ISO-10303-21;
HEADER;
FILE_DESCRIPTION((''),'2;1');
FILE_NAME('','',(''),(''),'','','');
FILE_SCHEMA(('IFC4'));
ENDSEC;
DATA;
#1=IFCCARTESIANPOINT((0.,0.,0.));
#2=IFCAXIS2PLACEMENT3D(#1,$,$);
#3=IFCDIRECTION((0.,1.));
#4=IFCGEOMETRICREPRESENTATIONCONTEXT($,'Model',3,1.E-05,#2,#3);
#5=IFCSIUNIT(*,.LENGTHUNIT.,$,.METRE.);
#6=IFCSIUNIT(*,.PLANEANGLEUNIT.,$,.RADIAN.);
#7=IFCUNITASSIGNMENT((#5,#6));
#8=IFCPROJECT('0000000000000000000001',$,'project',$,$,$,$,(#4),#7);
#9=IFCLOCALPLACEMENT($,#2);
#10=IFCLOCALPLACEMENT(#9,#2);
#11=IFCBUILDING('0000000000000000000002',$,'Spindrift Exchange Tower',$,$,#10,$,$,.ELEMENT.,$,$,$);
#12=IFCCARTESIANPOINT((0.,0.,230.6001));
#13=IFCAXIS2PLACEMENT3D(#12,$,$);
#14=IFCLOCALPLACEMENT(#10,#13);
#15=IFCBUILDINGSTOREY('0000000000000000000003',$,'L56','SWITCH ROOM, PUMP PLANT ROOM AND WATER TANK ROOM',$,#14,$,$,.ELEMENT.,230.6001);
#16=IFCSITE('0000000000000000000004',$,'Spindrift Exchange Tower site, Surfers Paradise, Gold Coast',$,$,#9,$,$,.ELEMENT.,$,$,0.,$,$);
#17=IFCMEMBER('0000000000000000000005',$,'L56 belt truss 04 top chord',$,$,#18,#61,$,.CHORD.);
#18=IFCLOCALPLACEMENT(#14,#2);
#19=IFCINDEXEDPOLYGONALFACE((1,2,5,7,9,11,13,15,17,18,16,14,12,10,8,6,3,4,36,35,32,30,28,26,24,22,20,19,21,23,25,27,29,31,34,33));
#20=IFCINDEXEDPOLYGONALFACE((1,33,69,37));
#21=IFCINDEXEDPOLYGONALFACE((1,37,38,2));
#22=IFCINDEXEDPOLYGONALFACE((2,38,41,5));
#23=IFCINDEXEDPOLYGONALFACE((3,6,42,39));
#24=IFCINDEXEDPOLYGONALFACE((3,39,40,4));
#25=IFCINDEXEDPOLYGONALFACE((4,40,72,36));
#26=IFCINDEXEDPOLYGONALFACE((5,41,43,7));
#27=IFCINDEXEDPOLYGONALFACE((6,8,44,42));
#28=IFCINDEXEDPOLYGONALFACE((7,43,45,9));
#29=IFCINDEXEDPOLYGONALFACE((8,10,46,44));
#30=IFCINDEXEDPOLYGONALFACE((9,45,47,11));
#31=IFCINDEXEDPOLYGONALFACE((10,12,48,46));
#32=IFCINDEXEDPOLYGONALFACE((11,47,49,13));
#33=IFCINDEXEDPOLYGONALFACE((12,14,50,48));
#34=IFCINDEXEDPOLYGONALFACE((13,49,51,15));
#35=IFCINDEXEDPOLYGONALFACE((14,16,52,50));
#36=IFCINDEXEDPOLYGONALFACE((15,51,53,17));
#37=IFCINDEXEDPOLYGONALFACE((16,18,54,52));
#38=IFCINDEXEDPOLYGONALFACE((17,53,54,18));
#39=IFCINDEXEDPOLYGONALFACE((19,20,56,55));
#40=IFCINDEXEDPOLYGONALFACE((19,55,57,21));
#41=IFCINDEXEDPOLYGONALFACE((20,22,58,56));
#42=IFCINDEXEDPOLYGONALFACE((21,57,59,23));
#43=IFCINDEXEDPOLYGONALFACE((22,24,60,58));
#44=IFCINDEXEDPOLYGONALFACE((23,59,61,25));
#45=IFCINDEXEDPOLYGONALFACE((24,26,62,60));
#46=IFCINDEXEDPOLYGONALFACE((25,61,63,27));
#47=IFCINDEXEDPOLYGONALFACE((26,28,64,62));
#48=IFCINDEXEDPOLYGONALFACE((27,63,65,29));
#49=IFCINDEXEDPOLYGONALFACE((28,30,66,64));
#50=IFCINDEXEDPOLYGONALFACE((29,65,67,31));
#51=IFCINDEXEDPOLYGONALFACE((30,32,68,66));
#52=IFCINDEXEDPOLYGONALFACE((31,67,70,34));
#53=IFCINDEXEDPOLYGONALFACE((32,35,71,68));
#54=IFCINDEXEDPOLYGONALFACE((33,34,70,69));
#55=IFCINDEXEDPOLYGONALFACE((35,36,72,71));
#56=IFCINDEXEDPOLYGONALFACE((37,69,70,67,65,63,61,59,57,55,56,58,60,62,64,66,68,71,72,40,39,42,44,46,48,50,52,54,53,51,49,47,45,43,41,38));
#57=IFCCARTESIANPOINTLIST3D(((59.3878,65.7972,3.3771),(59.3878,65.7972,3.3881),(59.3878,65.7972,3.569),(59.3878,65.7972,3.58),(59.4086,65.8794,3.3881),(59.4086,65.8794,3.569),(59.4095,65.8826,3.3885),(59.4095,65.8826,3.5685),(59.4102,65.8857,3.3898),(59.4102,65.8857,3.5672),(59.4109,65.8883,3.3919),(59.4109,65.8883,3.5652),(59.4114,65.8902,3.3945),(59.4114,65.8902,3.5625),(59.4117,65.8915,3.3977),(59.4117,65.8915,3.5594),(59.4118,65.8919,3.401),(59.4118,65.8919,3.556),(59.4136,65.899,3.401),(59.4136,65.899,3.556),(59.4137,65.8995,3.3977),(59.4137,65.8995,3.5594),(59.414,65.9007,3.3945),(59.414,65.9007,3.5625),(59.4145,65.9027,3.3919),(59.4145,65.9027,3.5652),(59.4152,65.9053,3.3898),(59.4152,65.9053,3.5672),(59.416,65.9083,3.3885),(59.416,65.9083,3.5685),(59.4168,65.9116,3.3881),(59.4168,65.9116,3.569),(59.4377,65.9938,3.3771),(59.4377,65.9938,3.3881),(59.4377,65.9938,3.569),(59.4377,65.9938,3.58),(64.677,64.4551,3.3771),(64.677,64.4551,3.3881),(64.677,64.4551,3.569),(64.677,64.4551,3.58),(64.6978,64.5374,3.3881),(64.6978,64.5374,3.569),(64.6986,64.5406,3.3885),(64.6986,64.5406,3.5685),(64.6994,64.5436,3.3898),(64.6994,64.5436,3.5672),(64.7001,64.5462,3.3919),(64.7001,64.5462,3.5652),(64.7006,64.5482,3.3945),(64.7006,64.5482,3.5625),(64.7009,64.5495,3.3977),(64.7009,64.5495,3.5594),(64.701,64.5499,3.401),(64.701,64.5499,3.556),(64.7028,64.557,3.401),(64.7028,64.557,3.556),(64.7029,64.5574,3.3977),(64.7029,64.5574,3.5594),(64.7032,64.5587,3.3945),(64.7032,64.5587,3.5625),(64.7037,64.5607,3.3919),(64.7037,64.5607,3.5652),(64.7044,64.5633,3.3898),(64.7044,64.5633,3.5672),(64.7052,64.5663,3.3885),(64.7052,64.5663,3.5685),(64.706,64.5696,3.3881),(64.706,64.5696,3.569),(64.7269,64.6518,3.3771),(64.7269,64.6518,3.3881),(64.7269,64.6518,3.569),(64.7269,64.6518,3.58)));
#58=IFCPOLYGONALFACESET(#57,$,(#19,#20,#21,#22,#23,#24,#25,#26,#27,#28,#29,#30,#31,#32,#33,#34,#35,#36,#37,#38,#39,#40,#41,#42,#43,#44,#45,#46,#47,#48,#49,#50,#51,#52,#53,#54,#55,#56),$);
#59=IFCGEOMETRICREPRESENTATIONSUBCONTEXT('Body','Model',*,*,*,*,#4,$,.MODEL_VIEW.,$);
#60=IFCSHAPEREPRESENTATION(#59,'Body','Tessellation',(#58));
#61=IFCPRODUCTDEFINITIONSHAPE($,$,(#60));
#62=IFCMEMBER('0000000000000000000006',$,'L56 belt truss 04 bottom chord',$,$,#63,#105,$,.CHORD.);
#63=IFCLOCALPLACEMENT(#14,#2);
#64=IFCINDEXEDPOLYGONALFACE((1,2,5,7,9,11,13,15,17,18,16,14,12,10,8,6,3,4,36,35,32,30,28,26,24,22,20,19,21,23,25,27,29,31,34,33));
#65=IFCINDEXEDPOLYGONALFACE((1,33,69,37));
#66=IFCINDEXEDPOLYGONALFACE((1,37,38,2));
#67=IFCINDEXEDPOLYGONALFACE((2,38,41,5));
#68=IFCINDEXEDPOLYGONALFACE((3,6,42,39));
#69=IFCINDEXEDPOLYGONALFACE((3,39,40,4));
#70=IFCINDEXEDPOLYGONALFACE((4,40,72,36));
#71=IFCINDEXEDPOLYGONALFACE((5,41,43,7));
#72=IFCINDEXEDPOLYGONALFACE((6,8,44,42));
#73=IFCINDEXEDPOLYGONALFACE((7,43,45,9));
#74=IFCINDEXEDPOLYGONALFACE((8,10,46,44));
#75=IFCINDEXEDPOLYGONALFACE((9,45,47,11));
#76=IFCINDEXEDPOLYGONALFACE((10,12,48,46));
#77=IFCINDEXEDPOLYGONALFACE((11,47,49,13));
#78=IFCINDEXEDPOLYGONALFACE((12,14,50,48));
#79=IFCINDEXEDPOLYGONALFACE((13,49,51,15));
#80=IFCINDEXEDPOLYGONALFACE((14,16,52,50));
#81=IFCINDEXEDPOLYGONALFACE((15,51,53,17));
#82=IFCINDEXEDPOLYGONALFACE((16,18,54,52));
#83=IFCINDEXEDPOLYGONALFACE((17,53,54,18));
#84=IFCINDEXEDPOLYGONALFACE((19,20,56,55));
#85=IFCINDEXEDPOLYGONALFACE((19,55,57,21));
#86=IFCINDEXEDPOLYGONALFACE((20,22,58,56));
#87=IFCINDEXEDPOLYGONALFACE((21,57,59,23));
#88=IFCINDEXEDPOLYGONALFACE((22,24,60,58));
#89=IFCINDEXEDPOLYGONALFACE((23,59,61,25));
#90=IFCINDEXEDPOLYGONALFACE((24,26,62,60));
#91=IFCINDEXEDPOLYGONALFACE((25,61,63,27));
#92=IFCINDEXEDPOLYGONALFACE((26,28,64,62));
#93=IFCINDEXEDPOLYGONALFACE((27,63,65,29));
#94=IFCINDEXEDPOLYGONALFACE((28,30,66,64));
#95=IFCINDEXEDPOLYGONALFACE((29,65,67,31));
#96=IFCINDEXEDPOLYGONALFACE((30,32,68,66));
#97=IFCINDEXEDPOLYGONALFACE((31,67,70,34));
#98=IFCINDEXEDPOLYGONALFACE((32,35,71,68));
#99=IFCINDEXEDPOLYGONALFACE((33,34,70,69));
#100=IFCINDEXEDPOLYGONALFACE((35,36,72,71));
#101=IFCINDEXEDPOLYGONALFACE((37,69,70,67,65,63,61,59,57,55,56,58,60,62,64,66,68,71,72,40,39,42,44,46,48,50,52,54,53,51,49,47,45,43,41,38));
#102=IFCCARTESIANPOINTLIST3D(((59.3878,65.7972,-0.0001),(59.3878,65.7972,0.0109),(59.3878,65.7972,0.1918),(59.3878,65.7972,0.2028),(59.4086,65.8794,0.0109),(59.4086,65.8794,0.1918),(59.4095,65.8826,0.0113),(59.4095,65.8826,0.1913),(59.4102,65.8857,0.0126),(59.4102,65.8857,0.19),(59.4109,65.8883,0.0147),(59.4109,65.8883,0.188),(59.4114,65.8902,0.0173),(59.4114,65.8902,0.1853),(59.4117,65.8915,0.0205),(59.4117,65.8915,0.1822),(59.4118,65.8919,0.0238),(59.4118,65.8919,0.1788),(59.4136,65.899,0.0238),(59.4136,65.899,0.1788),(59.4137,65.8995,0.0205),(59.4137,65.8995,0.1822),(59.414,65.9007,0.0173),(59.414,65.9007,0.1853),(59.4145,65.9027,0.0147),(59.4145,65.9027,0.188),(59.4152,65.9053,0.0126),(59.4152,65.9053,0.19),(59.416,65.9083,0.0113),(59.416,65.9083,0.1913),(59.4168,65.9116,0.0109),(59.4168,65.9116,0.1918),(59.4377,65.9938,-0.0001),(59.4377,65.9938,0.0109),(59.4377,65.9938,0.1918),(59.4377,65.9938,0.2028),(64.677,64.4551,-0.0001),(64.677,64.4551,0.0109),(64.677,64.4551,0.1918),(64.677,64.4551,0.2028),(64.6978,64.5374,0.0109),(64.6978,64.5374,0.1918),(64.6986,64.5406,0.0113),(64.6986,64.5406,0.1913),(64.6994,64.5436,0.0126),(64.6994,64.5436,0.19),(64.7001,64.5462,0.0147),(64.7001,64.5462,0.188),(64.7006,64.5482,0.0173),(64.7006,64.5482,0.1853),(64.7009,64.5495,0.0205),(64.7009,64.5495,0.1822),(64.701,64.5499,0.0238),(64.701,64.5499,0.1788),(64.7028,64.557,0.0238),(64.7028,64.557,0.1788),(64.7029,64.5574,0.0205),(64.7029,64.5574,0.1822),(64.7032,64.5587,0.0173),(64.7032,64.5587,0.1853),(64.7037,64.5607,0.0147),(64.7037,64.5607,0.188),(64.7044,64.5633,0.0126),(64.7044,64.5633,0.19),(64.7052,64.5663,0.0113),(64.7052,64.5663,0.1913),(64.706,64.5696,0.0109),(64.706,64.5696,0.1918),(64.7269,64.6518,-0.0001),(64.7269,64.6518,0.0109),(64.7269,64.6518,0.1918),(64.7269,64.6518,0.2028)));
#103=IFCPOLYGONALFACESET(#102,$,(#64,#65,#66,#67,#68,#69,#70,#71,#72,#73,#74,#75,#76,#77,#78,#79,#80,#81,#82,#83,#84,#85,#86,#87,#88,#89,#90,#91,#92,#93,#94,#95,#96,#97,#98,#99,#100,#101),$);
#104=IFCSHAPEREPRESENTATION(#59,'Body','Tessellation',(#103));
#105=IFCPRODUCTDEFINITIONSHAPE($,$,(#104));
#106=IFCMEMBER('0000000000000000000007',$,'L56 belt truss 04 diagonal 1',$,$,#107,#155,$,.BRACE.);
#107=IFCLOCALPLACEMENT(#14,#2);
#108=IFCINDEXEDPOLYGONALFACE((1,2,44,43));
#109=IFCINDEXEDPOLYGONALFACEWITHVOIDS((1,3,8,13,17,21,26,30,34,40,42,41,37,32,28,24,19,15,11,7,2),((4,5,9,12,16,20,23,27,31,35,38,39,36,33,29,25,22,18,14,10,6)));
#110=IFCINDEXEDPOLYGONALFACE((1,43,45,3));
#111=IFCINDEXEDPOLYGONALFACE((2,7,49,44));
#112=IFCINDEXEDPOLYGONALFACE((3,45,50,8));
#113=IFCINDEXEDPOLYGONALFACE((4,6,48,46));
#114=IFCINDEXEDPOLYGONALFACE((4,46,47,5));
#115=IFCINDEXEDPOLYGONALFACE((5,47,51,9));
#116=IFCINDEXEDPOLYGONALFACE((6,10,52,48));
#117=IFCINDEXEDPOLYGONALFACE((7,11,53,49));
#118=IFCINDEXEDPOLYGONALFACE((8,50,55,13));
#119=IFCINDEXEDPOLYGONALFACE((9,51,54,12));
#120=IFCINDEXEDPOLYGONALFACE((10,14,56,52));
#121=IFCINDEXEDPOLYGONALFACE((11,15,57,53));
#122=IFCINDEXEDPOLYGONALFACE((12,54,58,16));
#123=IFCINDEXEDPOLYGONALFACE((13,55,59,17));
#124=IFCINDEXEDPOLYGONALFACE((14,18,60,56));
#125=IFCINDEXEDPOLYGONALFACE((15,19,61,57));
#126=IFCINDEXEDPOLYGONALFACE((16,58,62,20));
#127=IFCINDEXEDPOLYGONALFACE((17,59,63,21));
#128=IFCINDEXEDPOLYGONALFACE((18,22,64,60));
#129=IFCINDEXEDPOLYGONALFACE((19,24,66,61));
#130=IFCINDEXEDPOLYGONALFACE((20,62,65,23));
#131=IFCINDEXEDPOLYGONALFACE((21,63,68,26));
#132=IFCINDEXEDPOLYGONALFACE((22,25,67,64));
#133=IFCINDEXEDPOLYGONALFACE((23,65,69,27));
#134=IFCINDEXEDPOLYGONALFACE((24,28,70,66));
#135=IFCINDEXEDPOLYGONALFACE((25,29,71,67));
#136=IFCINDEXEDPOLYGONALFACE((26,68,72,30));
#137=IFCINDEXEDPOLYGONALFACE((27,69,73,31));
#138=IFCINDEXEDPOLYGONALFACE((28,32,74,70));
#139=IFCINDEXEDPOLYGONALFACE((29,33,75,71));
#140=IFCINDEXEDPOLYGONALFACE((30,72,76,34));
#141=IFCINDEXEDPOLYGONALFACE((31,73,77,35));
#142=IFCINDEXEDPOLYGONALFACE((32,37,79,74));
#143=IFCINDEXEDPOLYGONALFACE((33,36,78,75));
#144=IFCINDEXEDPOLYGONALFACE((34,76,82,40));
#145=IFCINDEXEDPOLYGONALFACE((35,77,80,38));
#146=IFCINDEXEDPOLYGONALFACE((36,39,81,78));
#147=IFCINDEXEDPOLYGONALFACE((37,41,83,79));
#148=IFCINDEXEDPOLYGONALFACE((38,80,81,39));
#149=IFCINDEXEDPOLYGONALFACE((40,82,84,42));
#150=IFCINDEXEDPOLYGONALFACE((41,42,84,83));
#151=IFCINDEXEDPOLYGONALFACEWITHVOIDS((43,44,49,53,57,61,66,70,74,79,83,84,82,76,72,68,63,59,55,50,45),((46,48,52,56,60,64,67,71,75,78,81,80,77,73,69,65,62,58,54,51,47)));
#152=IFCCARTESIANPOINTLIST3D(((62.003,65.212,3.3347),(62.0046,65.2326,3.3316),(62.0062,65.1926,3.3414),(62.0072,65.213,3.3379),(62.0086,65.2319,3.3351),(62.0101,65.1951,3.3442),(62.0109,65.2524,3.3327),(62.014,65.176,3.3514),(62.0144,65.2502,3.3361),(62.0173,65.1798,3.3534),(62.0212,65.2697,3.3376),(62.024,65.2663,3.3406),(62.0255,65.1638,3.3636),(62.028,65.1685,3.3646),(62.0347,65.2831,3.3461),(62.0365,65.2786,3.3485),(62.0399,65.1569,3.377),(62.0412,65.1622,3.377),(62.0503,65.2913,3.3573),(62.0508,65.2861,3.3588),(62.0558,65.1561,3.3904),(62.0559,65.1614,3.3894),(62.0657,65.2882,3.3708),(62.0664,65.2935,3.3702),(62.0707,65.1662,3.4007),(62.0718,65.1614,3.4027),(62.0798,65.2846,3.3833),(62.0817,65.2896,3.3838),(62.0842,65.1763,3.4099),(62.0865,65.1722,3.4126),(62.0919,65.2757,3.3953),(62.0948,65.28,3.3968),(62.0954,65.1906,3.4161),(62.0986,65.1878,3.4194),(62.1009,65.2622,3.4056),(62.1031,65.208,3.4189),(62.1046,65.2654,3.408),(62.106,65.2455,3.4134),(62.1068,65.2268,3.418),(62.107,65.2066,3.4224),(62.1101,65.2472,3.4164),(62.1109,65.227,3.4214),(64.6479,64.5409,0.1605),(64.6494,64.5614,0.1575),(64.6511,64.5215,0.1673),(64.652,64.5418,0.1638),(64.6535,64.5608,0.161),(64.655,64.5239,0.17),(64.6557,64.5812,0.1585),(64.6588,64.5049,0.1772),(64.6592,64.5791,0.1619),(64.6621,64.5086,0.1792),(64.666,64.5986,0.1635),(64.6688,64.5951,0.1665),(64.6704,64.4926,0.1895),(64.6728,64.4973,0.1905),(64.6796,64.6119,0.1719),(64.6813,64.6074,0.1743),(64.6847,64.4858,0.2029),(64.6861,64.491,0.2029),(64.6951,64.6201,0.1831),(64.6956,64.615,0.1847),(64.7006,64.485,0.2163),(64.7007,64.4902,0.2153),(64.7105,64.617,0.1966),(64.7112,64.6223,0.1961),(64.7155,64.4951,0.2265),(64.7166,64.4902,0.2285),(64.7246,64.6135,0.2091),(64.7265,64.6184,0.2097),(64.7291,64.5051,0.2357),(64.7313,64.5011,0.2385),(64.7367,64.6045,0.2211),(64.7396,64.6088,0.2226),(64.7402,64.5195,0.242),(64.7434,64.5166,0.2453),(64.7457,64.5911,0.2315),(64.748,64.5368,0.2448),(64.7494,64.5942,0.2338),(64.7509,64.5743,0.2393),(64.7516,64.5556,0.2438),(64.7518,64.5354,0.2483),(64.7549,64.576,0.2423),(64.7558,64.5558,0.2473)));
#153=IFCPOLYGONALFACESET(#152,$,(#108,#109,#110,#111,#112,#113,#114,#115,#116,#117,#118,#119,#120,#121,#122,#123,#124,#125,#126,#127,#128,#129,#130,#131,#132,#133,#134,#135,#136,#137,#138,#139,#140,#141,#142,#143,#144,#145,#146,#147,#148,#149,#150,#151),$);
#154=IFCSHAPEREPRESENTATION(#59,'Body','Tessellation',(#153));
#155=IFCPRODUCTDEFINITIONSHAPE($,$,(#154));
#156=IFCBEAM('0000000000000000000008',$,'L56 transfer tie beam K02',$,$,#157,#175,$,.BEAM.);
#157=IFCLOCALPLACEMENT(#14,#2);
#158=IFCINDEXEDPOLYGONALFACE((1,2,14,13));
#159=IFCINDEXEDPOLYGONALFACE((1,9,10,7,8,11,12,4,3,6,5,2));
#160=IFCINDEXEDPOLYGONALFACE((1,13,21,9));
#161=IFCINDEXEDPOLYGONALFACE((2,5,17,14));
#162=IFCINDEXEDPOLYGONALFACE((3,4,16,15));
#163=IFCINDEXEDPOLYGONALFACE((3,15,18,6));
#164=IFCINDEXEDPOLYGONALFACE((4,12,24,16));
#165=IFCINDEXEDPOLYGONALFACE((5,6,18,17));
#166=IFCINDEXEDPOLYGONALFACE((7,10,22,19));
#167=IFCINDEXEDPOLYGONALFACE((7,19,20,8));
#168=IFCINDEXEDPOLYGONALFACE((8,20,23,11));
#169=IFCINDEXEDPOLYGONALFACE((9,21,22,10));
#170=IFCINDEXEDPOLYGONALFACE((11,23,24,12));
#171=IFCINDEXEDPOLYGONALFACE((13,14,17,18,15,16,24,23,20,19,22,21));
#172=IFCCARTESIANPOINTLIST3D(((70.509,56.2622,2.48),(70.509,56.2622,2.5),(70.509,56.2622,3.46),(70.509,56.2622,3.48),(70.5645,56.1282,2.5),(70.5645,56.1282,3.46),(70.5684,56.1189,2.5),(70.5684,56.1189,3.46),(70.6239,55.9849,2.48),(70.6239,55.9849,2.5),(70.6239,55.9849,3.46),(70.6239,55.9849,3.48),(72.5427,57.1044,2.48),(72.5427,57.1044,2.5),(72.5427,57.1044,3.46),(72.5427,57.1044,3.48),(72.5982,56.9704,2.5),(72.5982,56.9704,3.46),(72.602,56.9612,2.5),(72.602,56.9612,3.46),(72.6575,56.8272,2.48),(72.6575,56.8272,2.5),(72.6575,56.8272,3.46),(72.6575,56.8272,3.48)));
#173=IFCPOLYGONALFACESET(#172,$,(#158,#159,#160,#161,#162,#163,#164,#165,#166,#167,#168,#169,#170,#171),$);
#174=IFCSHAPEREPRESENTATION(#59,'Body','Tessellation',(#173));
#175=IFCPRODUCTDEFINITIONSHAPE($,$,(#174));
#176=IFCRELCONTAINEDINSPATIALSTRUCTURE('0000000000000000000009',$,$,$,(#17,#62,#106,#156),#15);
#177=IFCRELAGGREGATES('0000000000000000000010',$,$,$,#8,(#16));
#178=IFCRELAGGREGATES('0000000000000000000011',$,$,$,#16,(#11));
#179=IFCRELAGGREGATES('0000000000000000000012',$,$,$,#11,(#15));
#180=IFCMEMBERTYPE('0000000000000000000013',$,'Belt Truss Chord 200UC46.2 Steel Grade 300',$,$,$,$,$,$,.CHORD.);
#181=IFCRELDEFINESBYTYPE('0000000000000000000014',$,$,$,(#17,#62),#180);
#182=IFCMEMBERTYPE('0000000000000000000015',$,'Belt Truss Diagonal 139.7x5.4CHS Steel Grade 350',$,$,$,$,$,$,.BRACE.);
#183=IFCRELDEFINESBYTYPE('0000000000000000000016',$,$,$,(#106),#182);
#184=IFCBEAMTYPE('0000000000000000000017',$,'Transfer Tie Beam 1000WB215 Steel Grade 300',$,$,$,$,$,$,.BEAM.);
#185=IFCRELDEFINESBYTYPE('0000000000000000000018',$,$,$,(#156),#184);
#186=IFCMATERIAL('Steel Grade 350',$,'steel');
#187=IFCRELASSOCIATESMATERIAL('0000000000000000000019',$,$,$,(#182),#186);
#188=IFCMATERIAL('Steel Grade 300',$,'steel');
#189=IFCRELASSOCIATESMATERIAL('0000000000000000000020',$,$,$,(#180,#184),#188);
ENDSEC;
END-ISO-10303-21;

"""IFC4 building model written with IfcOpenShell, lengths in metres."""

from ifc_helpers import new_model, si_unit, direction, frame, origin, origin_2d, place, context, subcontext, project, spatial, hollow_circle, i_section, extrude, source, transform, mapped, material, material_profile, profile_set, type_object, element, save


model = new_model("IFC4")

# Units and contexts
model_context = context("Model", 3, precision=1e-05, world=origin(), true_north=direction((0.0, 1.0)))
body_context = subcontext(model_context, "Body", "Model", "MODEL_VIEW")
ifc_project = project(units=[si_unit("LENGTHUNIT", "METRE"), si_unit("PLANEANGLEUNIT", "RADIAN")], contexts=[model_context])

# Site, building, storey
site_placement = place(None, origin())
site = spatial("IfcSite", under=ifc_project, at=site_placement, Name="Spindrift Exchange Tower site, Surfers Paradise, Gold Coast", CompositionType="ELEMENT", RefElevation=0.0)
building_placement = place(site_placement, origin())
building = spatial("IfcBuilding", under=site, at=building_placement, Name="Spindrift Exchange Tower", CompositionType="ELEMENT")
storey_placement = place(building_placement, frame((0.0, 0.0, 230.6001)))
storey = spatial("IfcBuildingStorey", under=building, at=storey_placement, Name="L56", Description="SWITCH ROOM, PUMP PLANT ROOM AND WATER TANK ROOM", CompositionType="ELEMENT", Elevation=230.6001)

# Members
ifc_material_1 = material(Name="Steel Grade 350", Category="steel")
ifc_material_profile_1 = material_profile(ifc_material_1, hollow_circle(Radius=0.0698, WallThickness=0.0054, at=origin_2d()), Name="139.7x5.4CHS")
ifc_profile_set_1 = profile_set([ifc_material_profile_1], Name="Steel Grade 350")
member_type_1 = type_object("IfcMemberType", Name="Belt Truss Diagonal 139.7x5.4CHS Steel Grade 350", PredefinedType="BRACE", material=ifc_profile_set_1)
ifc_material_2 = material(Name="Steel Grade 300", Category="steel")
ifc_material_profile_2 = material_profile(ifc_material_2, i_section(OverallWidth=0.2029, OverallDepth=0.2029, WebThickness=0.0073, FlangeThickness=0.011, FilletRadius=0.0129, at=origin_2d()), Name="200UC46.2")
ifc_profile_set_2 = profile_set([ifc_material_profile_2], Name="Steel Grade 300")
member_type_2 = type_object("IfcMemberType", Name="Belt Truss Chord 200UC46.2 Steel Grade 300", PredefinedType="CHORD", material=ifc_profile_set_2)
shared_shape_1 = source(origin(), body_context, "Body", "SweptSolid", [
    extrude(i_section(OverallWidth=0.2029, OverallDepth=0.2029, WebThickness=0.0073, FlangeThickness=0.011, FilletRadius=0.0129, at=origin_2d()), origin(), (0.0, 0.0, 1.0), 5.4568),
])
for number, where, z_axis, x_axis, name in (
    (1, (64.7019, 64.5535, 3.4785), (-0.969286, 0.245934, 0.0), (-0.245934, -0.969286, 0.0), "L56 belt truss 04 top chord"),
    (2, (64.7019, 64.5535, 0.1013), (-0.969286, 0.245934, 0.0), (-0.245934, -0.969286, 0.0), "L56 belt truss 04 bottom chord"),
):
    element("IfcMember", number, at=place(storey_placement, frame(where, z_axis=z_axis, x_axis=x_axis)), inside=storey, type_object=member_type_2, Name=name, PredefinedType="CHORD", context=body_context, shape_type="MappedRepresentation", body=[
        mapped(shared_shape_1, transform((0.0, 0.0, 0.0), scale=1.0)),
    ])
shared_shape_2 = source(origin(), body_context, "Body", "SweptSolid", [
    extrude(hollow_circle(Radius=0.0698, WallThickness=0.0054, at=origin_2d()), origin(), (0.0, 0.0, 1.0), 4.1858),
])
member_1_placement = place(storey_placement, frame((64.7019, 64.5535, 0.2029), z_axis=(-0.631861, 0.160342, 0.758315), x_axis=(-0.245966, -0.969279, 0.0)))
element("IfcMember", 3, at=member_1_placement, inside=storey, type_object=member_type_1, Name="L56 belt truss 04 diagonal 1", PredefinedType="BRACE", context=body_context, shape_type="MappedRepresentation", body=[
    mapped(shared_shape_2, transform((0.0, 0.0, 0.0), scale=1.0)),
])

# Beam
ifc_material_profile_3 = material_profile(ifc_material_2, i_section(OverallWidth=0.3, OverallDepth=1.0, WebThickness=0.01, FlangeThickness=0.02, at=origin_2d()), Name="1000WB215")
ifc_profile_set_3 = profile_set([ifc_material_profile_3], Name="Steel Grade 300")
beam_type = type_object("IfcBeamType", Name="Transfer Tie Beam 1000WB215 Steel Grade 300", PredefinedType="BEAM", material=ifc_profile_set_3)
shared_shape_3 = source(origin(), body_context, "Body", "SweptSolid", [
    extrude(i_section(OverallWidth=0.3, OverallDepth=1.0, WebThickness=0.01, FlangeThickness=0.02, at=origin_2d()), origin(), (0.0, 0.0, 1.0), 2.2012),
])
beam_1_placement = place(storey_placement, frame((72.6001, 56.9658, 2.98), z_axis=(-0.923895, -0.382646, 0.0), x_axis=(0.382646, -0.923895, 0.0)))
element("IfcBeam", 4, at=beam_1_placement, inside=storey, type_object=beam_type, Name="L56 transfer tie beam K02", PredefinedType="BEAM", context=body_context, shape_type="MappedRepresentation", body=[
    mapped(shared_shape_3, transform((0.0, 0.0, 0.0), scale=1.0)),
])

save(model, "model.ifc")
